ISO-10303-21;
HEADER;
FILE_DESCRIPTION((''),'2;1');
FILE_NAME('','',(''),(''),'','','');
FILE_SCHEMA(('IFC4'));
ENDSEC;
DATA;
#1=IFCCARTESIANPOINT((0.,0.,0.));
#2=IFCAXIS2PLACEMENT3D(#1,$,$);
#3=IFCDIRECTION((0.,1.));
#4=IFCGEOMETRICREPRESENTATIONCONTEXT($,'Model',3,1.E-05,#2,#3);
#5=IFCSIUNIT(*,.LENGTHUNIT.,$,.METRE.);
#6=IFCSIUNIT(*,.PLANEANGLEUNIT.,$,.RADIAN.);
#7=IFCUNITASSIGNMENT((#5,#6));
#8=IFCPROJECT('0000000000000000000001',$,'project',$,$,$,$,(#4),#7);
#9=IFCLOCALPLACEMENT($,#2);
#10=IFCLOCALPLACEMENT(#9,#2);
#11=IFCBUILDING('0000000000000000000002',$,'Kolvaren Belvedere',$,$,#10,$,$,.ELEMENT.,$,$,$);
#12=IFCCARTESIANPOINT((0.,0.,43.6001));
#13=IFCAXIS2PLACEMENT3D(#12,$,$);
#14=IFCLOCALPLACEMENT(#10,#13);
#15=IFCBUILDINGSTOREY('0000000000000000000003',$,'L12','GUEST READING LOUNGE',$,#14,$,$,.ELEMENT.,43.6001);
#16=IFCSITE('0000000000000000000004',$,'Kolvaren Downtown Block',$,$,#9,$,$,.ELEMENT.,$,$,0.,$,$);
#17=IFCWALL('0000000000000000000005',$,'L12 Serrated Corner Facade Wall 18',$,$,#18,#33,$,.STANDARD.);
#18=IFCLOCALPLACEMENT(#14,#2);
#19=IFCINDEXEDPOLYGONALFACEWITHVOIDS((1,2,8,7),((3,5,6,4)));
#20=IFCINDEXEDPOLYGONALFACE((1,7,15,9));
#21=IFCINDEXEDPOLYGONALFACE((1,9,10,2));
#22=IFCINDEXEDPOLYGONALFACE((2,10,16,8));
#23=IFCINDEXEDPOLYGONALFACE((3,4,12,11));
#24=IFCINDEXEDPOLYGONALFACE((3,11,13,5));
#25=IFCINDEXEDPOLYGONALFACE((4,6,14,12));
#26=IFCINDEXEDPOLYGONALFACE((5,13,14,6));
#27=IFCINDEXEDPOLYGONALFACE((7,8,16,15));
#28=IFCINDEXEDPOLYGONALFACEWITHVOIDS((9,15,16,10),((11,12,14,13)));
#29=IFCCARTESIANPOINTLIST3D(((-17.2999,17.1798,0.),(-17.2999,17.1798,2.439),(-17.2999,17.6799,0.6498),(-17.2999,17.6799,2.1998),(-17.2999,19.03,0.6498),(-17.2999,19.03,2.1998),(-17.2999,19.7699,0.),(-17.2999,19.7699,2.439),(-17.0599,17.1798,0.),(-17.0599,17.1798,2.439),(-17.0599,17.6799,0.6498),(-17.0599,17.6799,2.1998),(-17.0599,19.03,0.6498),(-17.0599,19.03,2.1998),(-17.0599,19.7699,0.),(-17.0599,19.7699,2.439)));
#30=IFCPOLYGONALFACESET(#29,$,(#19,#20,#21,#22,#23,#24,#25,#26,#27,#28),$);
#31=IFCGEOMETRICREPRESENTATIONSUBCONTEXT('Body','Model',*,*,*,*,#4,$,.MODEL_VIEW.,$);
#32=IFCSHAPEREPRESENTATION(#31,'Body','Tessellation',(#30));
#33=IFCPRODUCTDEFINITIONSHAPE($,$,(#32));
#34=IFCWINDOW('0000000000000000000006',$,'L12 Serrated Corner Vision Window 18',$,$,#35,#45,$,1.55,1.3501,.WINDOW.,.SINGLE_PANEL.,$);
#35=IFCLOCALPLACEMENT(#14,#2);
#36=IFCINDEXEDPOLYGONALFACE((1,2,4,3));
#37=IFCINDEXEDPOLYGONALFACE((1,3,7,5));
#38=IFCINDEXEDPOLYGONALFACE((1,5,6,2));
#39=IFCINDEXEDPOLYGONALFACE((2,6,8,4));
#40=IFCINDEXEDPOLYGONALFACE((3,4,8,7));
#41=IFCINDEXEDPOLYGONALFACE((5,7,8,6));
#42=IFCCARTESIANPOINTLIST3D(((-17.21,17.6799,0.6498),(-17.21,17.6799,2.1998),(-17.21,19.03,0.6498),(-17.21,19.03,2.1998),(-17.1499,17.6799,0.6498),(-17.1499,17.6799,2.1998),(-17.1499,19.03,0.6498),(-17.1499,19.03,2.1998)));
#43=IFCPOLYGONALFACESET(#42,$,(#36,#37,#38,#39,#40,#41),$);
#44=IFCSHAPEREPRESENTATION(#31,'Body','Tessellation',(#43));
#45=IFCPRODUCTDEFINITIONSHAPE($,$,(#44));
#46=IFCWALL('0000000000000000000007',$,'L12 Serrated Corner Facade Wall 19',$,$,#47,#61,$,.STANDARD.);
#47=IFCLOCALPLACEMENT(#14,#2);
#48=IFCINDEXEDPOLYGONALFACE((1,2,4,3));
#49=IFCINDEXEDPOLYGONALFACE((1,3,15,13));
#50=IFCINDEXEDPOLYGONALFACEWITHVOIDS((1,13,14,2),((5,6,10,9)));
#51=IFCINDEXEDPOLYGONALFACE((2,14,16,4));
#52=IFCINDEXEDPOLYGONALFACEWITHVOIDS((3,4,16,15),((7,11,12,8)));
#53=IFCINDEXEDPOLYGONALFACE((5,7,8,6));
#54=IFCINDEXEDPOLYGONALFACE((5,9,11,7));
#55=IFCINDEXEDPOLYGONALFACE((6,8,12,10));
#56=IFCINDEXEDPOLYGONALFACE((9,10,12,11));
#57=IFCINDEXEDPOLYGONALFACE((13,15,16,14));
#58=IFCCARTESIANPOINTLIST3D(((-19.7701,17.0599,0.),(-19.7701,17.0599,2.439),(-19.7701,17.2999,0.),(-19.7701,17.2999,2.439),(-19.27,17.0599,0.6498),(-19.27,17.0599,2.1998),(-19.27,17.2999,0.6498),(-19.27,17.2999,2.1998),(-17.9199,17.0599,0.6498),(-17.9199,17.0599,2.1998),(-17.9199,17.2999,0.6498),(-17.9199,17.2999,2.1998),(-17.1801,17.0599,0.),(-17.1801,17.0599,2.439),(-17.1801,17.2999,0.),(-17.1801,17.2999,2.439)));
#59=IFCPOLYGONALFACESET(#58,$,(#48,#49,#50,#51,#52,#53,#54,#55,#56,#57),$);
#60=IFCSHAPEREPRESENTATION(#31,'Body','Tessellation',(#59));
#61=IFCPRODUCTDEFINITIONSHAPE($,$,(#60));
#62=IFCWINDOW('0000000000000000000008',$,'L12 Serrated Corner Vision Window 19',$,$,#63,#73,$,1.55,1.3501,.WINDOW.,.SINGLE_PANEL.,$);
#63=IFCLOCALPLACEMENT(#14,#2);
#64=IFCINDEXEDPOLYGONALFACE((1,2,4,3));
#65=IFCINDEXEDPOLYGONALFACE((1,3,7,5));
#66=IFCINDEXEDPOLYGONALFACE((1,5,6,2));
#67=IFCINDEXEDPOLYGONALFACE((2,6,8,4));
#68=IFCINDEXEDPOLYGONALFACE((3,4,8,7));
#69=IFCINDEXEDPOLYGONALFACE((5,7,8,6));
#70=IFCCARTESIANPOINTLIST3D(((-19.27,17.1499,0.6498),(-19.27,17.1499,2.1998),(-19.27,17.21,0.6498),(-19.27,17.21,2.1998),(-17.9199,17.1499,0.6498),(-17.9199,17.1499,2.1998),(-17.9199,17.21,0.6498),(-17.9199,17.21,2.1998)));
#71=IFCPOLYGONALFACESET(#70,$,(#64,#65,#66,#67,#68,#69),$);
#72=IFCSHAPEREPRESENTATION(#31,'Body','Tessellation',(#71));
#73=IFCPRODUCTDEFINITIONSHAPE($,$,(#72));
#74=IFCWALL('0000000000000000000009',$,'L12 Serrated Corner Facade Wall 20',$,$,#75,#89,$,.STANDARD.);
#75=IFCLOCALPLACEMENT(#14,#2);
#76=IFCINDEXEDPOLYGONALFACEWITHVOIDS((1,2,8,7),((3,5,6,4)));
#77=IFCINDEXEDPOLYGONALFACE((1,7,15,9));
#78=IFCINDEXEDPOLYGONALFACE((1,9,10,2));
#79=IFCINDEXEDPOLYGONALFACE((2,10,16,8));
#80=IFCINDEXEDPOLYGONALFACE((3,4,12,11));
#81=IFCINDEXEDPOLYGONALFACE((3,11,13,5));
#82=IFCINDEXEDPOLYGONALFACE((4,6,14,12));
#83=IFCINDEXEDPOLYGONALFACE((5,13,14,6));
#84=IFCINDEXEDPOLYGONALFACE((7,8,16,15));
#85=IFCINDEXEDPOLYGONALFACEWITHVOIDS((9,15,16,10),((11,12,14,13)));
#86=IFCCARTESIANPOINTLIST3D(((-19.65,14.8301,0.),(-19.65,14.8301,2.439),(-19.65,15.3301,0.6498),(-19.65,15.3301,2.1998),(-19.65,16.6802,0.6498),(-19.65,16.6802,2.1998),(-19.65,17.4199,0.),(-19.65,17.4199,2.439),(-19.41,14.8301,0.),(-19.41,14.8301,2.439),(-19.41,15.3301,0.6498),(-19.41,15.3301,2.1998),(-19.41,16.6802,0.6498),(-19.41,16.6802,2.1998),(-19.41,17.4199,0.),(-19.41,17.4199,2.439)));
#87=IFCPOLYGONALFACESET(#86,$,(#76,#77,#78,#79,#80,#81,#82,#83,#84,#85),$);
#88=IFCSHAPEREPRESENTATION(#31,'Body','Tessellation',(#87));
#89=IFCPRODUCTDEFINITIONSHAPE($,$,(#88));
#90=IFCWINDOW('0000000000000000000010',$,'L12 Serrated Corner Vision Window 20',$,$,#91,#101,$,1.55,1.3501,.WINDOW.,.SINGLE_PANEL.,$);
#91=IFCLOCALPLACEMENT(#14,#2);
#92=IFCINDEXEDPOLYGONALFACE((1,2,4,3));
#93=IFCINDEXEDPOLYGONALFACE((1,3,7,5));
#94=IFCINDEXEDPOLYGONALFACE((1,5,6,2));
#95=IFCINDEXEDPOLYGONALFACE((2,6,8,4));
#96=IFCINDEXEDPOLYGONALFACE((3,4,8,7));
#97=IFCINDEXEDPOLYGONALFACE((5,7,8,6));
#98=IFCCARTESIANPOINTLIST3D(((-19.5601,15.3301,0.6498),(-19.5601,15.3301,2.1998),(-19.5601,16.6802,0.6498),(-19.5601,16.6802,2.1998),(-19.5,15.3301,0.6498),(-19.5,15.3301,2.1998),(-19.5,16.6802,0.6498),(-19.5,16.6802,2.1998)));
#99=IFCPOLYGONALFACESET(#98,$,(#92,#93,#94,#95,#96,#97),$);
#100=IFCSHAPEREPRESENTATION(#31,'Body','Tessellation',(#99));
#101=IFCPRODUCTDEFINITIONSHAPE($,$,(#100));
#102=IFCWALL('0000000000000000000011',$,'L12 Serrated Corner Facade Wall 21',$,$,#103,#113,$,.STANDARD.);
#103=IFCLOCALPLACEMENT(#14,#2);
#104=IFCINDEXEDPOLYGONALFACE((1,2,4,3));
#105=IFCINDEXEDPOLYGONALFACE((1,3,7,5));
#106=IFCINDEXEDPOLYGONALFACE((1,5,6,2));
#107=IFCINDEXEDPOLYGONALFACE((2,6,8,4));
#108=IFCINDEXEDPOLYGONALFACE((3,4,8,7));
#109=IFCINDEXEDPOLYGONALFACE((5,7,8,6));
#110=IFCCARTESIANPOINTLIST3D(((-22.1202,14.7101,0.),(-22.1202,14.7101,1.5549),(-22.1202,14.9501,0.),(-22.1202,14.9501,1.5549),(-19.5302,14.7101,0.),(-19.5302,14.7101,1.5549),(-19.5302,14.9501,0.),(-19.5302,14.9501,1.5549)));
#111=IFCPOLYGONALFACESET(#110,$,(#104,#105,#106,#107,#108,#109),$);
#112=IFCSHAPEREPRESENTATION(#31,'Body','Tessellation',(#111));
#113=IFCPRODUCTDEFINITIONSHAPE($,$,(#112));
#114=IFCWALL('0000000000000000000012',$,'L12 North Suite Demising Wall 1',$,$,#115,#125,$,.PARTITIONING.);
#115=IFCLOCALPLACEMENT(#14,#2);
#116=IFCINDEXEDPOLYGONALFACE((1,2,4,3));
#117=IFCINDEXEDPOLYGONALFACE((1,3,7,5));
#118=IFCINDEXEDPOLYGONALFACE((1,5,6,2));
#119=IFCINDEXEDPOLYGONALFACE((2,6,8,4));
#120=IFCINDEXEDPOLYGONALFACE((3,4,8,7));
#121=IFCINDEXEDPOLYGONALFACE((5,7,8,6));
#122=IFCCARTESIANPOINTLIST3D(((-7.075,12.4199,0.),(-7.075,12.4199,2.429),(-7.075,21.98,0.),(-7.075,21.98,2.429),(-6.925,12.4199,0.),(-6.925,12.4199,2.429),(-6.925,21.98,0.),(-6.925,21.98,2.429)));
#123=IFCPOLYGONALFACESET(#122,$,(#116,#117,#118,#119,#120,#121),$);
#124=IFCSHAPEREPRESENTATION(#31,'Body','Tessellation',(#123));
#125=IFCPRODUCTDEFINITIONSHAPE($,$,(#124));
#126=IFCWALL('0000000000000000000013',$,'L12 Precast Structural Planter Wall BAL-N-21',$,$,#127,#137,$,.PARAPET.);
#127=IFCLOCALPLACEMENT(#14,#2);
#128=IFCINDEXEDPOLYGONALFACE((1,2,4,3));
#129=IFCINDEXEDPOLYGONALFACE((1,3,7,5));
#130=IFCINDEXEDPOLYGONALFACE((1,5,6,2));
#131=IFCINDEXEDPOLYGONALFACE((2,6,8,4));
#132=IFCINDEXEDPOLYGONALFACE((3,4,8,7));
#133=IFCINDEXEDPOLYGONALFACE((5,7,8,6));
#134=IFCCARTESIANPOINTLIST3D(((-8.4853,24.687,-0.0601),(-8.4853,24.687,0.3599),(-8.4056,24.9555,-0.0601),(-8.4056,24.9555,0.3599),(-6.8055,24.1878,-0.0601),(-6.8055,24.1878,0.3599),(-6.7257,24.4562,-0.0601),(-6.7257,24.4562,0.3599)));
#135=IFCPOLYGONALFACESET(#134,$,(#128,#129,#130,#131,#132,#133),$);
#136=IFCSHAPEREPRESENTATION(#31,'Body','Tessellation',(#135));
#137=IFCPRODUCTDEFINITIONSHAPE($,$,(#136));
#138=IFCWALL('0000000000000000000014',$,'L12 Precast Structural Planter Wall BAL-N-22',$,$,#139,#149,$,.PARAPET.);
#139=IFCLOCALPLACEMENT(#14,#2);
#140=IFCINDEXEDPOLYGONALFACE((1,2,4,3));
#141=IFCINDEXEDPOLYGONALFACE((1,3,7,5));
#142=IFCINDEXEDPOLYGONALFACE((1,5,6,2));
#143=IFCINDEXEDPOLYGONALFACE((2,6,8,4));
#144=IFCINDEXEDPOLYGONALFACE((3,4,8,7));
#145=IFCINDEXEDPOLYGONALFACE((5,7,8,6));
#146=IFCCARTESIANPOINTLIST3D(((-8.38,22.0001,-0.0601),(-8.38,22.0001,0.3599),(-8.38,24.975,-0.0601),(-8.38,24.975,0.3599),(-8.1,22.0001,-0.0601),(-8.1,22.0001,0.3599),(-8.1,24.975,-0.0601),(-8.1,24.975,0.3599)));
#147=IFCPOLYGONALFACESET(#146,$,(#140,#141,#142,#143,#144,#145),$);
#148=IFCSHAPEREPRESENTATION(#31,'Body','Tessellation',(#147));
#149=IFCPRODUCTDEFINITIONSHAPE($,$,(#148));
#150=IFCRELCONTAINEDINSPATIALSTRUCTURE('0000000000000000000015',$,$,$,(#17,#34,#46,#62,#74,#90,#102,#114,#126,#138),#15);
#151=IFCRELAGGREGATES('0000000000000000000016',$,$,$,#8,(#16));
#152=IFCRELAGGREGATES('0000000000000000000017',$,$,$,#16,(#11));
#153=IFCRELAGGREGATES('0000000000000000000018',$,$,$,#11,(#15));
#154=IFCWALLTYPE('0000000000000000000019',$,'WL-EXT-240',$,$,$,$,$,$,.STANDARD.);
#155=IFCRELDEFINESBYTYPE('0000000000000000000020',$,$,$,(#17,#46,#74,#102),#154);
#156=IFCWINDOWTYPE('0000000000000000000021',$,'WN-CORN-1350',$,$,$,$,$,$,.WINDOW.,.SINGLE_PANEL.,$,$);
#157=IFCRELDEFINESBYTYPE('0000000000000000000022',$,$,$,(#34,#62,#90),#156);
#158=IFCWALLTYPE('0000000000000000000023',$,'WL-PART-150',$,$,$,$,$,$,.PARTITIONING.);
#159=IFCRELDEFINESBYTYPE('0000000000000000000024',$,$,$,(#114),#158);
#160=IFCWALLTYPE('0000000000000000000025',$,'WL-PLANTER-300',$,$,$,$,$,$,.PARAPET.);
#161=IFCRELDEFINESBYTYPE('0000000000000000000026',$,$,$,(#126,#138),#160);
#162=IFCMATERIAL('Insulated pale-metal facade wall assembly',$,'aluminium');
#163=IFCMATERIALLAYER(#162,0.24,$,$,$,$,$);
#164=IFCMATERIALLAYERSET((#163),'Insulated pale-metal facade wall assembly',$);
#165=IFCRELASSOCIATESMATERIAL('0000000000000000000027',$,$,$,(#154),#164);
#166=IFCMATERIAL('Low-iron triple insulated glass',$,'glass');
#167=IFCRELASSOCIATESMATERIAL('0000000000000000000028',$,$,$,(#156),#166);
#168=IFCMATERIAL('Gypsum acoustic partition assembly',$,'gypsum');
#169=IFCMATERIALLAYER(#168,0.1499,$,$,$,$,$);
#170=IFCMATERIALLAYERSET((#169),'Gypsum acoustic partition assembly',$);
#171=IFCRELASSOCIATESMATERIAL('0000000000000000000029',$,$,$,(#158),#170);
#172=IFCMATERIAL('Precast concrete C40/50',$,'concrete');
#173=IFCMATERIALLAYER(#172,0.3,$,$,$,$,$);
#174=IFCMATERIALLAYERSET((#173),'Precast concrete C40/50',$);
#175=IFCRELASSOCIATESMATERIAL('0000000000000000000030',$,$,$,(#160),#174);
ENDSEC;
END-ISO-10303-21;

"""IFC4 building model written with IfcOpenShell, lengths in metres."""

from ifc_helpers import new_model, si_unit, direction, frame, frame_2d, origin, place, context, subcontext, project, spatial, rectangle, extrude, material, layer, layer_set, type_object, element, fill, save


model = new_model("IFC4")

# Units and contexts
model_context = context("Model", 3, precision=1e-05, world=origin(), true_north=direction((0.0, 1.0)))
body_context = subcontext(model_context, "Body", "Model", "MODEL_VIEW")
ifc_project = project(units=[si_unit("LENGTHUNIT", "METRE"), si_unit("PLANEANGLEUNIT", "RADIAN")], contexts=[model_context])

# Site, building, storey
site_placement = place(None, origin())
site = spatial("IfcSite", under=ifc_project, at=site_placement, Name="Kolvaren Downtown Block", CompositionType="ELEMENT", RefElevation=0.0)
building_placement = place(site_placement, origin())
building = spatial("IfcBuilding", under=site, at=building_placement, Name="Kolvaren Belvedere", CompositionType="ELEMENT")
storey_placement = place(building_placement, frame((0.0, 0.0, 43.6001)))
storey = spatial("IfcBuildingStorey", under=building, at=storey_placement, Name="L12", Description="GUEST READING LOUNGE", CompositionType="ELEMENT", Elevation=43.6001)

# Shared definitions
ifc_material_1 = material(Name="Insulated pale-metal facade wall assembly", Category="aluminium")
ifc_layer_1 = layer(ifc_material_1, 0.24)
ifc_layer_set_1 = layer_set([ifc_layer_1], Name="Insulated pale-metal facade wall assembly")
wall_type_1 = type_object("IfcWallType", Name="WL-EXT-240", PredefinedType="STANDARD", material=ifc_layer_set_1)

# Walls, openings, windows
ifc_material_2 = material(Name="Low-iron triple insulated glass", Category="glass")
window_type = type_object("IfcWindowType", Name="WN-CORN-1350", PartitioningType="SINGLE_PANEL", PredefinedType="WINDOW", material=ifc_material_2)
wall_1_placement = place(storey_placement, frame((-17.1799, 17.1799, 0.0), z_axis=(0.0, 0.0, 1.0), x_axis=(0.0, 1.0, 0.0)))
wall_1 = element("IfcWall", 1, at=wall_1_placement, inside=storey, type_object=wall_type_1, Name="L12 Serrated Corner Facade Wall 18", PredefinedType="STANDARD", context=body_context, shape_type="SweptSolid", body=[
    extrude(rectangle(XDim=2.5901, YDim=0.24, at=frame_2d((1.2949, 0.0))), origin(), (0.0, 0.0, 1.0), 2.439),
])
opening_1_placement = place(wall_1_placement, frame((0.5, 0.0, 0.6499)))
opening_1 = element("IfcOpeningElement", 2, at=opening_1_placement, cuts=wall_1, PredefinedType="OPENING", context=body_context, shape_type="SweptSolid", body=[
    extrude(rectangle(XDim=1.3501, YDim=1.55, at=frame_2d((0.675, 0.7749))), frame((0.0, 0.1299, 0.0), z_axis=(0.0, -1.0, 0.0), x_axis=(1.0, 0.0, 0.0)), (0.0, 0.0, 1.0), 0.26),
])
window_1_placement = place(opening_1_placement, origin())
window_1 = element("IfcWindow", 3, at=window_1_placement, inside=storey, type_object=window_type, Name="L12 Serrated Corner Vision Window 18", OverallHeight=1.55, OverallWidth=1.3501, PartitioningType="SINGLE_PANEL", PredefinedType="WINDOW", context=body_context, shape_type="SweptSolid", body=[
    extrude(rectangle(XDim=1.3501, YDim=1.55, at=frame_2d((0.675, 0.7749))), frame((0.0, 0.03, 0.0), z_axis=(0.0, -1.0, 0.0), x_axis=(1.0, 0.0, 0.0)), (0.0, 0.0, 1.0), 0.0601),
])
fill(opening_1, window_1)
wall_2_placement = place(storey_placement, frame((-19.77, 17.1799, 0.0), z_axis=(0.0, 0.0, 1.0), x_axis=(1.0, 0.0, 0.0)))
wall_2 = element("IfcWall", 4, at=wall_2_placement, inside=storey, type_object=wall_type_1, Name="L12 Serrated Corner Facade Wall 19", PredefinedType="STANDARD", context=body_context, shape_type="SweptSolid", body=[
    extrude(rectangle(XDim=2.5901, YDim=0.24, at=frame_2d((1.2949, 0.0))), origin(), (0.0, 0.0, 1.0), 2.439),
])
opening_2_placement = place(wall_2_placement, frame((0.5, 0.0, 0.6499)))
opening_2 = element("IfcOpeningElement", 5, at=opening_2_placement, cuts=wall_2, PredefinedType="OPENING", context=body_context, shape_type="SweptSolid", body=[
    extrude(rectangle(XDim=1.3501, YDim=1.55, at=frame_2d((0.675, 0.7749))), frame((0.0, 0.1299, 0.0), z_axis=(0.0, -1.0, 0.0), x_axis=(1.0, 0.0, 0.0)), (0.0, 0.0, 1.0), 0.26),
])
window_2_placement = place(opening_2_placement, origin())
window_2 = element("IfcWindow", 6, at=window_2_placement, inside=storey, type_object=window_type, Name="L12 Serrated Corner Vision Window 19", OverallHeight=1.55, OverallWidth=1.3501, PartitioningType="SINGLE_PANEL", PredefinedType="WINDOW", context=body_context, shape_type="SweptSolid", body=[
    extrude(rectangle(XDim=1.3501, YDim=1.55, at=frame_2d((0.675, 0.7749))), frame((0.0, 0.03, 0.0), z_axis=(0.0, -1.0, 0.0), x_axis=(1.0, 0.0, 0.0)), (0.0, 0.0, 1.0), 0.0601),
])
fill(opening_2, window_2)
wall_3_placement = place(storey_placement, frame((-19.53, 14.8301, 0.0), z_axis=(0.0, 0.0, 1.0), x_axis=(0.0, 1.0, 0.0)))
wall_3 = element("IfcWall", 7, at=wall_3_placement, inside=storey, type_object=wall_type_1, Name="L12 Serrated Corner Facade Wall 20", PredefinedType="STANDARD", context=body_context, shape_type="SweptSolid", body=[
    extrude(rectangle(XDim=2.5898, YDim=0.24, at=frame_2d((1.2949, 0.0))), origin(), (0.0, 0.0, 1.0), 2.439),
])
opening_3_placement = place(wall_3_placement, frame((0.5, 0.0, 0.6499)))
opening_3 = element("IfcOpeningElement", 8, at=opening_3_placement, cuts=wall_3, PredefinedType="OPENING", context=body_context, shape_type="SweptSolid", body=[
    extrude(rectangle(XDim=1.3501, YDim=1.55, at=frame_2d((0.675, 0.7749))), frame((0.0, 0.1299, 0.0), z_axis=(0.0, -1.0, 0.0), x_axis=(1.0, 0.0, 0.0)), (0.0, 0.0, 1.0), 0.26),
])
window_3_placement = place(opening_3_placement, origin())
window_3 = element("IfcWindow", 9, at=window_3_placement, inside=storey, type_object=window_type, Name="L12 Serrated Corner Vision Window 20", OverallHeight=1.55, OverallWidth=1.3501, PartitioningType="SINGLE_PANEL", PredefinedType="WINDOW", context=body_context, shape_type="SweptSolid", body=[
    extrude(rectangle(XDim=1.3501, YDim=1.55, at=frame_2d((0.675, 0.7749))), frame((0.0, 0.03, 0.0), z_axis=(0.0, -1.0, 0.0), x_axis=(1.0, 0.0, 0.0)), (0.0, 0.0, 1.0), 0.0601),
])
fill(opening_3, window_3)

# Walls
wall_4_placement = place(storey_placement, frame((-22.1201, 14.8301, 0.0), z_axis=(0.0, 0.0, 1.0), x_axis=(1.0, 0.0, 0.0)))
element("IfcWall", 10, at=wall_4_placement, inside=storey, type_object=wall_type_1, Name="L12 Serrated Corner Facade Wall 21", PredefinedType="STANDARD", context=body_context, shape_type="SweptSolid", body=[
    extrude(rectangle(XDim=2.5901, YDim=0.24, at=frame_2d((1.2949, 0.0))), origin(), (0.0, 0.0, 1.0), 1.5549),
])
ifc_material_3 = material(Name="Gypsum acoustic partition assembly", Category="gypsum")
ifc_layer_2 = layer(ifc_material_3, 0.1499)
ifc_layer_set_2 = layer_set([ifc_layer_2], Name="Gypsum acoustic partition assembly")
wall_type_2 = type_object("IfcWallType", Name="WL-PART-150", PredefinedType="PARTITIONING", material=ifc_layer_set_2)
wall_5_placement = place(storey_placement, frame((-7.0, 12.4199, 0.0), z_axis=(0.0, 0.0, 1.0), x_axis=(0.0, 1.0, 0.0)))
element("IfcWall", 11, at=wall_5_placement, inside=storey, type_object=wall_type_2, Name="L12 North Suite Demising Wall 1", PredefinedType="PARTITIONING", context=body_context, shape_type="SweptSolid", body=[
    extrude(rectangle(XDim=9.5601, YDim=0.1499, at=frame_2d((4.78, 0.0))), origin(), (0.0, 0.0, 1.0), 2.429),
])
ifc_material_4 = material(Name="Precast concrete C40/50", Category="concrete")
ifc_layer_3 = layer(ifc_material_4, 0.3)
ifc_layer_set_3 = layer_set([ifc_layer_3], Name="Precast concrete C40/50")
wall_type_3 = type_object("IfcWallType", Name="WL-PLANTER-300", PredefinedType="PARAPET", material=ifc_layer_set_3)
wall_6_placement = place(storey_placement, frame((-6.7656, 24.322, -0.0601), z_axis=(0.0, 0.0, 1.0), x_axis=(-0.958563, 0.28488, 0.0)))
element("IfcWall", 12, at=wall_6_placement, inside=storey, type_object=wall_type_3, Name="L12 Precast Structural Planter Wall BAL-N-21", PredefinedType="PARAPET", context=body_context, shape_type="SweptSolid", body=[
    extrude(rectangle(XDim=1.7524, YDim=0.28, at=frame_2d((0.8762, 0.0))), origin(), (0.0, 0.0, 1.0), 0.4199),
])
wall_7_placement = place(storey_placement, frame((-8.24, 24.9749, -0.0601), z_axis=(0.0, 0.0, 1.0), x_axis=(0.0, -1.0, 0.0)))
element("IfcWall", 13, at=wall_7_placement, inside=storey, type_object=wall_type_3, Name="L12 Precast Structural Planter Wall BAL-N-22", PredefinedType="PARAPET", context=body_context, shape_type="SweptSolid", body=[
    extrude(rectangle(XDim=2.9749, YDim=0.28, at=frame_2d((1.4873, 0.0))), origin(), (0.0, 0.0, 1.0), 0.4199),
])

save(model, "model.ifc")
